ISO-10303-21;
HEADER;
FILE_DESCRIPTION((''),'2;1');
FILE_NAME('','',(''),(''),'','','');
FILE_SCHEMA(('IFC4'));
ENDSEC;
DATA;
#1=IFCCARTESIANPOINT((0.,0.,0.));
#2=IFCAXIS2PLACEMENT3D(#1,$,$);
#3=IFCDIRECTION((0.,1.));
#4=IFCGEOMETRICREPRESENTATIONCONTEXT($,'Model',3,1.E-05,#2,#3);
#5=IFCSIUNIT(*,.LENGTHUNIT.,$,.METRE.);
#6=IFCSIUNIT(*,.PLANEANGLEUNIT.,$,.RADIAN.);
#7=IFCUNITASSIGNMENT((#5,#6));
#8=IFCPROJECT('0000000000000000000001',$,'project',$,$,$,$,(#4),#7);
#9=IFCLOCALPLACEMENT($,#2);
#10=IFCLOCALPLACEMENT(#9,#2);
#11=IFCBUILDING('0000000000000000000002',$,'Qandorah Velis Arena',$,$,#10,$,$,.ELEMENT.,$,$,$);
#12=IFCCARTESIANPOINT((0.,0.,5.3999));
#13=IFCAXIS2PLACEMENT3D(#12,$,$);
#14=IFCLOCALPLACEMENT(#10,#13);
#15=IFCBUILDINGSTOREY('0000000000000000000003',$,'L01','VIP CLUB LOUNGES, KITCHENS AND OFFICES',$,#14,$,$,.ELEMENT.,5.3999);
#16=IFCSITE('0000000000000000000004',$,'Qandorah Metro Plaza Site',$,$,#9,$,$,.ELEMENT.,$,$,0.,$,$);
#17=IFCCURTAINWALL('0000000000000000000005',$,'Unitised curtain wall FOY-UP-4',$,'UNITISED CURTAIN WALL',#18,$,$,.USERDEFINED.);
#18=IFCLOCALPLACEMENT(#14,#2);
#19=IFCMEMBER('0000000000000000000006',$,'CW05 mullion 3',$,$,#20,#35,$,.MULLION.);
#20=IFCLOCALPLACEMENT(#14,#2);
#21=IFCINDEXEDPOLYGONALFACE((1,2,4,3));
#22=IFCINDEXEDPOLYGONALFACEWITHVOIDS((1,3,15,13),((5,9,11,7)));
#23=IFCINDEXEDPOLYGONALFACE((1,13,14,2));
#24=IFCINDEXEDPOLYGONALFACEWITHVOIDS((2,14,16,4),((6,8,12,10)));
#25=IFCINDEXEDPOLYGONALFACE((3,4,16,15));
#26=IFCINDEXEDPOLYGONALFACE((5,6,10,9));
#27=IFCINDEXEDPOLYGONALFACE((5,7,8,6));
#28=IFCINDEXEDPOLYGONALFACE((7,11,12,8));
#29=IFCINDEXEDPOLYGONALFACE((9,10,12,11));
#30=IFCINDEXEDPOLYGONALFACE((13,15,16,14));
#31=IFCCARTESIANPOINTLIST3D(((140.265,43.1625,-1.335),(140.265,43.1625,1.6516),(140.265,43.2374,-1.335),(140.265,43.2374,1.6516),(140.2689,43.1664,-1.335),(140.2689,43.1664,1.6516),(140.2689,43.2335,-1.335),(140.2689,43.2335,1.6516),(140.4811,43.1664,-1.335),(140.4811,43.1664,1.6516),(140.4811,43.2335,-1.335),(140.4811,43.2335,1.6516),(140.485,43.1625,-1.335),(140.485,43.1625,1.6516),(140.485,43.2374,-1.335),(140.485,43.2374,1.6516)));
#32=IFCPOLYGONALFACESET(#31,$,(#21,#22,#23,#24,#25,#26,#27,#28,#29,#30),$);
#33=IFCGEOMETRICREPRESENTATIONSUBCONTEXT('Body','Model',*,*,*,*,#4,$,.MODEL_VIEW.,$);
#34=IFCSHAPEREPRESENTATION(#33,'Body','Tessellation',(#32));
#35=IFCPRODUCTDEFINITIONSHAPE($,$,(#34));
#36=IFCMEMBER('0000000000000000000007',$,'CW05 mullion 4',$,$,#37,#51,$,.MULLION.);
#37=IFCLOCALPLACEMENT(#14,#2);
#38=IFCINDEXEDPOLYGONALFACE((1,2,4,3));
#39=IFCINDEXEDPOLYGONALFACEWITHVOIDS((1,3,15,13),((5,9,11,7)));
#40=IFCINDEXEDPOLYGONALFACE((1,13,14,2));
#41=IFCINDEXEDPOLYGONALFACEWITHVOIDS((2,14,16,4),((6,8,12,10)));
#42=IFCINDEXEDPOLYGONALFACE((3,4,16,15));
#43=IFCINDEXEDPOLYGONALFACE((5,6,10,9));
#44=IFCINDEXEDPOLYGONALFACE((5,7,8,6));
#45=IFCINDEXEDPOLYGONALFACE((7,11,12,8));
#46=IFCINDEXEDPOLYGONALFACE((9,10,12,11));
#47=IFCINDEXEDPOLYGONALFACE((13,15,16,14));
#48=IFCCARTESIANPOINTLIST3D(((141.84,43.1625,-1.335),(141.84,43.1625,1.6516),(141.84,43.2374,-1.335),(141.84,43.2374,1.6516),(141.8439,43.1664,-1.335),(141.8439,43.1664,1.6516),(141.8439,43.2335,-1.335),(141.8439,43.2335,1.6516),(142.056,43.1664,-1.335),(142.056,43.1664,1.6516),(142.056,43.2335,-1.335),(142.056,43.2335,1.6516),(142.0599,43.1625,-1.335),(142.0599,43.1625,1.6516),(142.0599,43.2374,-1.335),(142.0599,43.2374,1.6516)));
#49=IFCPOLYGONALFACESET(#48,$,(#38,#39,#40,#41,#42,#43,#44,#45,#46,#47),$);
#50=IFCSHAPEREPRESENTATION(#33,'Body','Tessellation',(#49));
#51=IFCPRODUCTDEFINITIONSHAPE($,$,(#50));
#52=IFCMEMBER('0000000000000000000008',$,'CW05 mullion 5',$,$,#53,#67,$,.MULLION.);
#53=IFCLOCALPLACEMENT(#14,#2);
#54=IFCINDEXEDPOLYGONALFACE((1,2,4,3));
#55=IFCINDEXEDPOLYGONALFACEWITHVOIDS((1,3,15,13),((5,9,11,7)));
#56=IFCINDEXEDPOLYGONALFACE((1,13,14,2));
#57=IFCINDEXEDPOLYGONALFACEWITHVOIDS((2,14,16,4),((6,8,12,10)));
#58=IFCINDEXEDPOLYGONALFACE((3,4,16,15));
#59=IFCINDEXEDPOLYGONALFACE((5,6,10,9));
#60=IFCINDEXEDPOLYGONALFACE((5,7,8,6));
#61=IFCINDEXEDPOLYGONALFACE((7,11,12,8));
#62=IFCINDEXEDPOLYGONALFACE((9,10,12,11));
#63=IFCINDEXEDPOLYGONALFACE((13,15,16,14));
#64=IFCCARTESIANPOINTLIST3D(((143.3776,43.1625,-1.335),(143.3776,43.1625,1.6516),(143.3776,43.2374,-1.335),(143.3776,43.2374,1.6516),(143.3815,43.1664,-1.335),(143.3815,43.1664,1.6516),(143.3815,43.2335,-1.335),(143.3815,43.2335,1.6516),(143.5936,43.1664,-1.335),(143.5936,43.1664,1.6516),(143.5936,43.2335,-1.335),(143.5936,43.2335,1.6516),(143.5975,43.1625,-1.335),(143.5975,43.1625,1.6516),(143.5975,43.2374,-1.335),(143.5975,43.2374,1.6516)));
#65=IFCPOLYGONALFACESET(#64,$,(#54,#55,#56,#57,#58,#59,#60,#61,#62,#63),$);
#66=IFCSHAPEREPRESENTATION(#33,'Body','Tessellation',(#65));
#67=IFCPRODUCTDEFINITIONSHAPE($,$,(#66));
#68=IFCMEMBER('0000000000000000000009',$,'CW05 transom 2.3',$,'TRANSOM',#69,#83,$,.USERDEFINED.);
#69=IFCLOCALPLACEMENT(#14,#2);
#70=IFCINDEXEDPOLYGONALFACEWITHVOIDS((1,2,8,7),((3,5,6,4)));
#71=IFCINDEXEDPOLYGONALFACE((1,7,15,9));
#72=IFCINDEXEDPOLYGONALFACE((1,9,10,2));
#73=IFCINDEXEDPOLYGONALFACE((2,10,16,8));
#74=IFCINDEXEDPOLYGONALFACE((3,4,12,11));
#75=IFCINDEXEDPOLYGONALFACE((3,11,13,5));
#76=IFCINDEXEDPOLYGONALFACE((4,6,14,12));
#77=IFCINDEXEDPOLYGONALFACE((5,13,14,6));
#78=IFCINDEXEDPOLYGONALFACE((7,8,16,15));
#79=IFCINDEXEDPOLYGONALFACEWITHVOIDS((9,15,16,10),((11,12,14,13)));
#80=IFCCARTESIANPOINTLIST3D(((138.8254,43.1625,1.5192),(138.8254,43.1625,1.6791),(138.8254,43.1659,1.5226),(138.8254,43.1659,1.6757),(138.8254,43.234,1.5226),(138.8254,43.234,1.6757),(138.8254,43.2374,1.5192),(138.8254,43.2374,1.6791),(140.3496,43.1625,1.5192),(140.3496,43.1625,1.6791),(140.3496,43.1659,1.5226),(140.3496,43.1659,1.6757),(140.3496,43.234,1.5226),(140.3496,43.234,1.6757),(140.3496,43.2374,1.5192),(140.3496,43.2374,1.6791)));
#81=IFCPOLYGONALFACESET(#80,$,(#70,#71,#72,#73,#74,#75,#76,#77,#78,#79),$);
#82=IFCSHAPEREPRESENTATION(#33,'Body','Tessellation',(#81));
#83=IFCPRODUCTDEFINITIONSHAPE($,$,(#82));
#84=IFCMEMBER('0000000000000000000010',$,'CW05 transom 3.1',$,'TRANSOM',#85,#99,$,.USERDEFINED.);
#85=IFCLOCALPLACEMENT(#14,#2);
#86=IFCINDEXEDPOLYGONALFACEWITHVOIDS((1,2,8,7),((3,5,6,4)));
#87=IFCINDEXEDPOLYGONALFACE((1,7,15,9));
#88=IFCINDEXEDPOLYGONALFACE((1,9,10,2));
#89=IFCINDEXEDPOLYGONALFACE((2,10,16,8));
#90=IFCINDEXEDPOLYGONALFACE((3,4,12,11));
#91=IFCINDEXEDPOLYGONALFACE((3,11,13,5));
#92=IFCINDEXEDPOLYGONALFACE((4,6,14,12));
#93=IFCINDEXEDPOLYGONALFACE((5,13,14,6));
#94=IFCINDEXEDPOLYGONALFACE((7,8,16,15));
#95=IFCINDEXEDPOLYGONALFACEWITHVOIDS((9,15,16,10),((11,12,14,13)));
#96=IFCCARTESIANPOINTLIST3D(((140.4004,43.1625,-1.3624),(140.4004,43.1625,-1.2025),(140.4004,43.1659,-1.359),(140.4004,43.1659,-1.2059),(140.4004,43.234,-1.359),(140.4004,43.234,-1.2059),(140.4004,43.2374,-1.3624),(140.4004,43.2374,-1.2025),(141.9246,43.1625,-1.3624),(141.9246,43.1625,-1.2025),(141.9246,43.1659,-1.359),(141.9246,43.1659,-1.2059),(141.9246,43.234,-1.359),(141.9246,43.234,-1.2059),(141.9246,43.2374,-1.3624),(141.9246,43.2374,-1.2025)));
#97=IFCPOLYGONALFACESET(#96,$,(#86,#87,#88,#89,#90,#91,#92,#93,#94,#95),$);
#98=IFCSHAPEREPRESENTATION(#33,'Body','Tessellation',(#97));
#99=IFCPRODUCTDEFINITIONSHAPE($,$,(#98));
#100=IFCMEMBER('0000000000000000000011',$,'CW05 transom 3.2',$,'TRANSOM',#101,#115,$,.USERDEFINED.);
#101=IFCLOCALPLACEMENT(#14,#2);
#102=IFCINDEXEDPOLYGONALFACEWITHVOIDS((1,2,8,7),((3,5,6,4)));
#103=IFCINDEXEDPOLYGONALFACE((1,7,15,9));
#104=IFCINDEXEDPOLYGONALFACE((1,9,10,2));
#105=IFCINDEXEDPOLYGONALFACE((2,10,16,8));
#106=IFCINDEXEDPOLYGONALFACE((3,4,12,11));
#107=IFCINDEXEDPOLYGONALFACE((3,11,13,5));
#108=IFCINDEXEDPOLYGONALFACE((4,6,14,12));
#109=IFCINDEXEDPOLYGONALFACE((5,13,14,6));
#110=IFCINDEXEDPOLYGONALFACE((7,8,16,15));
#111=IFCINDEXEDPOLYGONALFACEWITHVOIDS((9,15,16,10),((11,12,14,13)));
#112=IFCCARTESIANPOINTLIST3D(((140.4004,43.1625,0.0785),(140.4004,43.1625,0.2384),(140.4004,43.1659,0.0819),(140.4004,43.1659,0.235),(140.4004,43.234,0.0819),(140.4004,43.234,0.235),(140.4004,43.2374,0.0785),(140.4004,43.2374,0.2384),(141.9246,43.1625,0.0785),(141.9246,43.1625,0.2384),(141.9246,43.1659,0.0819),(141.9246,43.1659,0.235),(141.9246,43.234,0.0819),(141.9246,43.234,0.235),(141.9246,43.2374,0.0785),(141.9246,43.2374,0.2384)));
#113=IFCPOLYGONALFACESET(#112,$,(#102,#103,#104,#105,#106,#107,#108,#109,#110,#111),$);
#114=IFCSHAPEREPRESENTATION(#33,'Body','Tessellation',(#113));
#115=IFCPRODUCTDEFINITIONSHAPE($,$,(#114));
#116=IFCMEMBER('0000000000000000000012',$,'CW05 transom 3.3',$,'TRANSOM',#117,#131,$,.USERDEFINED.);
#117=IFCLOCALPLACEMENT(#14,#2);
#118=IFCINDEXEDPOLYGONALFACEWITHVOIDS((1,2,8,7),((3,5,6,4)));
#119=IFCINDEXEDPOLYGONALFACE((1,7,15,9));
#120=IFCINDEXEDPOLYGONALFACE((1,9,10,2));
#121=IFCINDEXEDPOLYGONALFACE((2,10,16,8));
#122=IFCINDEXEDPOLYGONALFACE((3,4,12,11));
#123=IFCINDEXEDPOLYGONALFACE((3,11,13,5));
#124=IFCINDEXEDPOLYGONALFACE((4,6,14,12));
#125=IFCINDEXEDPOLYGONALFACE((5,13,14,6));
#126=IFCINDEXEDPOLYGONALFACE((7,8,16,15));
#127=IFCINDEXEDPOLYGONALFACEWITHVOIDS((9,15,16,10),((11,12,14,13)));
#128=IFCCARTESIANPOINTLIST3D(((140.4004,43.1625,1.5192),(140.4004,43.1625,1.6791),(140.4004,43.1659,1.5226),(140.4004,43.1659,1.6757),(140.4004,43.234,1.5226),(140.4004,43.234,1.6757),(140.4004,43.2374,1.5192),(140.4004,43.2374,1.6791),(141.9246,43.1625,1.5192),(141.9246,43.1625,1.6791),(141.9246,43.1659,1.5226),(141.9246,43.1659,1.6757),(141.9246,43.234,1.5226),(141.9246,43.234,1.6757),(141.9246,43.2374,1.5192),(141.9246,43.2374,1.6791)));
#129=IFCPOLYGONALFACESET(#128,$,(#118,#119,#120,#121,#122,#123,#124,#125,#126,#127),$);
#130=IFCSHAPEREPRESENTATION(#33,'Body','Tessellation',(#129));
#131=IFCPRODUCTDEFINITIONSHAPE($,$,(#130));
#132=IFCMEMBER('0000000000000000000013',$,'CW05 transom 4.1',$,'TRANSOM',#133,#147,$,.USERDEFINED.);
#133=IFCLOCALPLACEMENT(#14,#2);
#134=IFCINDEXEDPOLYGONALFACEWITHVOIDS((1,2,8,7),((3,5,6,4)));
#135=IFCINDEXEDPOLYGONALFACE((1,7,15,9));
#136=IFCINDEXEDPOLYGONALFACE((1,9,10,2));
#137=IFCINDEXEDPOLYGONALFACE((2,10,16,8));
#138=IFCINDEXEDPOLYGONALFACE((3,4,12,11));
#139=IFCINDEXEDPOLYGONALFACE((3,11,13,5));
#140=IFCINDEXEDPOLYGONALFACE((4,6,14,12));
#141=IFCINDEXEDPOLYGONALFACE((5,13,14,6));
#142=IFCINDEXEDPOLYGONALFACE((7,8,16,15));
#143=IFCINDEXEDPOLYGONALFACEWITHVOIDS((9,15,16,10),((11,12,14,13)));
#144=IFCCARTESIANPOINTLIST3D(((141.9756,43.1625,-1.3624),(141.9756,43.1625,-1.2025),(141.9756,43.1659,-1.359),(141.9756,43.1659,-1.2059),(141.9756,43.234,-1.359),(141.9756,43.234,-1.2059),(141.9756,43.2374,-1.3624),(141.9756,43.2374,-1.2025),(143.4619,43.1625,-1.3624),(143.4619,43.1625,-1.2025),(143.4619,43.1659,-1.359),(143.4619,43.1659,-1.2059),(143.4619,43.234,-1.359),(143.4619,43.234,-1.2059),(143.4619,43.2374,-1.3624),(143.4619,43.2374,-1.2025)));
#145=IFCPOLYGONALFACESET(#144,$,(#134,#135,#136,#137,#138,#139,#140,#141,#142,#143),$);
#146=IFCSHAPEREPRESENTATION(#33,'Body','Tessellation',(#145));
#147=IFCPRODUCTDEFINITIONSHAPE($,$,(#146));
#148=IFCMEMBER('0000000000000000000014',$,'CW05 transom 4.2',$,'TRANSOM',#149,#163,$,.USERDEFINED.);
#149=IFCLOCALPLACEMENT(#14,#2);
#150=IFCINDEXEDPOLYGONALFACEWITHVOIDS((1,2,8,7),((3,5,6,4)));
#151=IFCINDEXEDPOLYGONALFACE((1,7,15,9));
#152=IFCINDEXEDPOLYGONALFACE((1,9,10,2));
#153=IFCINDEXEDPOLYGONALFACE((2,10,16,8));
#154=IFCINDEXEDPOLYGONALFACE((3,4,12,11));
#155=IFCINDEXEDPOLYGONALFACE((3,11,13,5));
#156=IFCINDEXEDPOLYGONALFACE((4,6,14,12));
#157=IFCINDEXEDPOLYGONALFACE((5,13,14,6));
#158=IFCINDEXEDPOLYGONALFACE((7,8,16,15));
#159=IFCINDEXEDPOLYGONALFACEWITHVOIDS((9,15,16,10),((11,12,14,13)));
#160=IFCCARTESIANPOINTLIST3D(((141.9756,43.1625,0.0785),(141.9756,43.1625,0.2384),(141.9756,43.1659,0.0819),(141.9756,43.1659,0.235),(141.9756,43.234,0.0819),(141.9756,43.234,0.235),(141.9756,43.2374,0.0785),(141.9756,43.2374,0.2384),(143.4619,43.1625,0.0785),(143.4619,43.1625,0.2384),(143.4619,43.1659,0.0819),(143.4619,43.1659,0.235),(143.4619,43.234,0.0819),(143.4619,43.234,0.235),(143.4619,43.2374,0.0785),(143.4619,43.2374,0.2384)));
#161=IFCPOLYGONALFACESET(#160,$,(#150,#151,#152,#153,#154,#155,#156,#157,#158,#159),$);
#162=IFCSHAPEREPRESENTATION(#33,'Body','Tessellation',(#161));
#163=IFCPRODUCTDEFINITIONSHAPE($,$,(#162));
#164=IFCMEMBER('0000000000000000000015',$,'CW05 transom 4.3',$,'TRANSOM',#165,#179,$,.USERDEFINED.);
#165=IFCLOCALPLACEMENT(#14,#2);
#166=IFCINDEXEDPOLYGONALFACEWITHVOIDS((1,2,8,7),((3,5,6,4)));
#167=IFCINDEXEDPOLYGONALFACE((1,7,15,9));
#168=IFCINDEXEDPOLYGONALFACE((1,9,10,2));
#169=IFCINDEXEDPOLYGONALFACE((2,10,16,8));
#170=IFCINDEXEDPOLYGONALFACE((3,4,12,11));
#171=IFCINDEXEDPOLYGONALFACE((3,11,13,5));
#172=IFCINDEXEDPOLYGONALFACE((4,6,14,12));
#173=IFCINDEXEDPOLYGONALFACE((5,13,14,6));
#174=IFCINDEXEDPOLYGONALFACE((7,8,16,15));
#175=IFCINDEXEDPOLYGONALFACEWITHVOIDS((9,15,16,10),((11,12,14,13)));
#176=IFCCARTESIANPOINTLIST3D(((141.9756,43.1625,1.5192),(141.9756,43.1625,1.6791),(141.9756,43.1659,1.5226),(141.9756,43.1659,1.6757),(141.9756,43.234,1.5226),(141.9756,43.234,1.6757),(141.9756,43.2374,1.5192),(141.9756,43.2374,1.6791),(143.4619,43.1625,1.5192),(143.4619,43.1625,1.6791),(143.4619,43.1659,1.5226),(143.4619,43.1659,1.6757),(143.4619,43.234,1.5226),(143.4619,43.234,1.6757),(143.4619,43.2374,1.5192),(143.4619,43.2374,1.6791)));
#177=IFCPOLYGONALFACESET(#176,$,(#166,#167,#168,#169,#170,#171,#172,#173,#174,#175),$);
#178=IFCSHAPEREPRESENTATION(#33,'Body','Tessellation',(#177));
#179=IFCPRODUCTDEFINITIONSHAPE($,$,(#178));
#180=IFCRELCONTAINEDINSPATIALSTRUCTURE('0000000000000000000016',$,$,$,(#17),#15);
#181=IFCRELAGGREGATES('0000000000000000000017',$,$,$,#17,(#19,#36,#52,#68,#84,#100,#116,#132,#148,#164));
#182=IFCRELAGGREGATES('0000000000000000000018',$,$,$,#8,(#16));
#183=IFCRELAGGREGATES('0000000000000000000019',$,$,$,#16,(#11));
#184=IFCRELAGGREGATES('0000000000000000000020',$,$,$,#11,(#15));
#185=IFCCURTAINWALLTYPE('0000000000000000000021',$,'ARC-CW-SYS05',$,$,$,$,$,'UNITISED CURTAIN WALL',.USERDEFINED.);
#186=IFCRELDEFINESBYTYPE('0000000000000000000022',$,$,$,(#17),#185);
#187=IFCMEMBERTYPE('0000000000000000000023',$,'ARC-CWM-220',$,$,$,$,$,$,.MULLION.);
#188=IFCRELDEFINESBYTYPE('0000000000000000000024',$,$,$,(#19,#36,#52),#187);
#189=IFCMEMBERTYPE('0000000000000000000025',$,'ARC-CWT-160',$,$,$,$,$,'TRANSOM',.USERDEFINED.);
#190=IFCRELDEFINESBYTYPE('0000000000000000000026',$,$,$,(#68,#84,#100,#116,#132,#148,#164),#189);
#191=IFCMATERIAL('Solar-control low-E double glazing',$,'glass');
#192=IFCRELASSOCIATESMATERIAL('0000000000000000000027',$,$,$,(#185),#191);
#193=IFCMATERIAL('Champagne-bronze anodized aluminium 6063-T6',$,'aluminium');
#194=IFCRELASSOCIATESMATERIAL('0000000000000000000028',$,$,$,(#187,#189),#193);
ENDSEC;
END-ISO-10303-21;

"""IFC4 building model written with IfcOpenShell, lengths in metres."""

from ifc_helpers import new_model, si_unit, direction, frame, origin, origin_2d, place, context, subcontext, project, spatial, hollow_rectangle, extrude, material, material_profile, profile_set, type_object, element, aggregate, save


model = new_model("IFC4")

# Units and contexts
model_context = context("Model", 3, precision=1e-05, world=origin(), true_north=direction((0.0, 1.0)))
body_context = subcontext(model_context, "Body", "Model", "MODEL_VIEW")
ifc_project = project(units=[si_unit("LENGTHUNIT", "METRE"), si_unit("PLANEANGLEUNIT", "RADIAN")], contexts=[model_context])

# Site, building, storey
site_placement = place(None, origin())
site = spatial("IfcSite", under=ifc_project, at=site_placement, Name="Qandorah Metro Plaza Site", CompositionType="ELEMENT", RefElevation=0.0)
building_placement = place(site_placement, origin())
building = spatial("IfcBuilding", under=site, at=building_placement, Name="Qandorah Velis Arena", CompositionType="ELEMENT")
storey_placement = place(building_placement, frame((0.0, 0.0, 5.3999)))
storey = spatial("IfcBuildingStorey", under=building, at=storey_placement, Name="L01", Description="VIP CLUB LOUNGES, KITCHENS AND OFFICES", CompositionType="ELEMENT", Elevation=5.3999)

# Curtain wall, members
ifc_material_1 = material(Name="Solar-control low-E double glazing", Category="glass")
curtain_wall_type = type_object("IfcCurtainWallType", Name="ARC-CW-SYS05", ElementType="UNITISED CURTAIN WALL", PredefinedType="USERDEFINED", material=ifc_material_1)
curtain_wall_placement = place(storey_placement, origin())
curtain_wall = element("IfcCurtainWall", 1, at=curtain_wall_placement, inside=storey, type_object=curtain_wall_type, Name="Unitised curtain wall FOY-UP-4", ObjectType="UNITISED CURTAIN WALL", PredefinedType="USERDEFINED")
ifc_material_2 = material(Name="Champagne-bronze anodized aluminium 6063-T6", Category="aluminium")
ifc_material_profile_1 = material_profile(ifc_material_2, hollow_rectangle(XDim=0.075, YDim=0.22, WallThickness=0.0039, at=origin_2d()), Name="ALU MULLION 75x220")
ifc_profile_set_1 = profile_set([ifc_material_profile_1], Name="Champagne-bronze anodized aluminium 6063-T6")
member_type_1 = type_object("IfcMemberType", Name="ARC-CWM-220", PredefinedType="MULLION", material=ifc_profile_set_1)
member_1_placement = place(storey_placement, frame((140.375, 43.2, -1.335), z_axis=(0.0, 0.0, 1.0), x_axis=(0.0, 1.0, 0.0)))
member_1 = element("IfcMember", 2, at=member_1_placement, type_object=member_type_1, Name="CW05 mullion 3", PredefinedType="MULLION", context=body_context, shape_type="SweptSolid", body=[
    extrude(hollow_rectangle(XDim=0.075, YDim=0.22, WallThickness=0.0039, at=origin_2d()), origin(), (0.0, 0.0, 1.0), 2.9866),
])
member_2_placement = place(storey_placement, frame((141.95, 43.2, -1.335), z_axis=(0.0, 0.0, 1.0), x_axis=(0.0, 1.0, 0.0)))
member_2 = element("IfcMember", 3, at=member_2_placement, type_object=member_type_1, Name="CW05 mullion 4", PredefinedType="MULLION", context=body_context, shape_type="SweptSolid", body=[
    extrude(hollow_rectangle(XDim=0.075, YDim=0.22, WallThickness=0.0039, at=origin_2d()), origin(), (0.0, 0.0, 1.0), 2.9866),
])
member_3_placement = place(storey_placement, frame((143.4875, 43.2, -1.335), z_axis=(0.0, 0.0, 1.0), x_axis=(0.0, 1.0, 0.0)))
member_3 = element("IfcMember", 4, at=member_3_placement, type_object=member_type_1, Name="CW05 mullion 5", PredefinedType="MULLION", context=body_context, shape_type="SweptSolid", body=[
    extrude(hollow_rectangle(XDim=0.075, YDim=0.22, WallThickness=0.0039, at=origin_2d()), origin(), (0.0, 0.0, 1.0), 2.9866),
])
ifc_material_profile_2 = material_profile(ifc_material_2, hollow_rectangle(XDim=0.075, YDim=0.1599, WallThickness=0.0034, at=origin_2d()), Name="ALU TRANSOM 75x160")
ifc_profile_set_2 = profile_set([ifc_material_profile_2], Name="Champagne-bronze anodized aluminium 6063-T6")
member_type_2 = type_object("IfcMemberType", Name="ARC-CWT-160", ElementType="TRANSOM", PredefinedType="USERDEFINED", material=ifc_profile_set_2)
member_4_placement = place(storey_placement, frame((138.8254, 43.2, 1.5991), z_axis=(1.0, 0.0, 0.0), x_axis=(0.0, 1.0, 0.0)))
member_4 = element("IfcMember", 5, at=member_4_placement, type_object=member_type_2, Name="CW05 transom 2.3", ObjectType="TRANSOM", PredefinedType="USERDEFINED", context=body_context, shape_type="SweptSolid", body=[
    extrude(hollow_rectangle(XDim=0.075, YDim=0.1599, WallThickness=0.0034, at=origin_2d()), origin(), (0.0, 0.0, 1.0), 1.5242),
])
member_5_placement = place(storey_placement, frame((140.4004, 43.2, -1.2825), z_axis=(1.0, 0.0, 0.0), x_axis=(0.0, 1.0, 0.0)))
member_5 = element("IfcMember", 6, at=member_5_placement, type_object=member_type_2, Name="CW05 transom 3.1", ObjectType="TRANSOM", PredefinedType="USERDEFINED", context=body_context, shape_type="SweptSolid", body=[
    extrude(hollow_rectangle(XDim=0.075, YDim=0.1599, WallThickness=0.0034, at=origin_2d()), origin(), (0.0, 0.0, 1.0), 1.5242),
])
member_6_placement = place(storey_placement, frame((140.4004, 43.2, 0.1584), z_axis=(1.0, 0.0, 0.0), x_axis=(0.0, 1.0, 0.0)))
member_6 = element("IfcMember", 7, at=member_6_placement, type_object=member_type_2, Name="CW05 transom 3.2", ObjectType="TRANSOM", PredefinedType="USERDEFINED", context=body_context, shape_type="SweptSolid", body=[
    extrude(hollow_rectangle(XDim=0.075, YDim=0.1599, WallThickness=0.0034, at=origin_2d()), origin(), (0.0, 0.0, 1.0), 1.5242),
])
member_7_placement = place(storey_placement, frame((140.4004, 43.2, 1.5991), z_axis=(1.0, 0.0, 0.0), x_axis=(0.0, 1.0, 0.0)))
member_7 = element("IfcMember", 8, at=member_7_placement, type_object=member_type_2, Name="CW05 transom 3.3", ObjectType="TRANSOM", PredefinedType="USERDEFINED", context=body_context, shape_type="SweptSolid", body=[
    extrude(hollow_rectangle(XDim=0.075, YDim=0.1599, WallThickness=0.0034, at=origin_2d()), origin(), (0.0, 0.0, 1.0), 1.5242),
])
member_8_placement = place(storey_placement, frame((141.9756, 43.2, -1.2825), z_axis=(1.0, 0.0, 0.0), x_axis=(0.0, 1.0, 0.0)))
member_8 = element("IfcMember", 9, at=member_8_placement, type_object=member_type_2, Name="CW05 transom 4.1", ObjectType="TRANSOM", PredefinedType="USERDEFINED", context=body_context, shape_type="SweptSolid", body=[
    extrude(hollow_rectangle(XDim=0.075, YDim=0.1599, WallThickness=0.0034, at=origin_2d()), origin(), (0.0, 0.0, 1.0), 1.4863),
])
member_9_placement = place(storey_placement, frame((141.9756, 43.2, 0.1584), z_axis=(1.0, 0.0, 0.0), x_axis=(0.0, 1.0, 0.0)))
member_9 = element("IfcMember", 10, at=member_9_placement, type_object=member_type_2, Name="CW05 transom 4.2", ObjectType="TRANSOM", PredefinedType="USERDEFINED", context=body_context, shape_type="SweptSolid", body=[
    extrude(hollow_rectangle(XDim=0.075, YDim=0.1599, WallThickness=0.0034, at=origin_2d()), origin(), (0.0, 0.0, 1.0), 1.4863),
])
member_10_placement = place(storey_placement, frame((141.9756, 43.2, 1.5991), z_axis=(1.0, 0.0, 0.0), x_axis=(0.0, 1.0, 0.0)))
member_10 = element("IfcMember", 11, at=member_10_placement, type_object=member_type_2, Name="CW05 transom 4.3", ObjectType="TRANSOM", PredefinedType="USERDEFINED", context=body_context, shape_type="SweptSolid", body=[
    extrude(hollow_rectangle(XDim=0.075, YDim=0.1599, WallThickness=0.0034, at=origin_2d()), origin(), (0.0, 0.0, 1.0), 1.4863),
])

aggregate(curtain_wall, [member_1, member_2, member_3, member_4, member_5, member_6, member_7, member_8, member_9, member_10])

save(model, "model.ifc")
